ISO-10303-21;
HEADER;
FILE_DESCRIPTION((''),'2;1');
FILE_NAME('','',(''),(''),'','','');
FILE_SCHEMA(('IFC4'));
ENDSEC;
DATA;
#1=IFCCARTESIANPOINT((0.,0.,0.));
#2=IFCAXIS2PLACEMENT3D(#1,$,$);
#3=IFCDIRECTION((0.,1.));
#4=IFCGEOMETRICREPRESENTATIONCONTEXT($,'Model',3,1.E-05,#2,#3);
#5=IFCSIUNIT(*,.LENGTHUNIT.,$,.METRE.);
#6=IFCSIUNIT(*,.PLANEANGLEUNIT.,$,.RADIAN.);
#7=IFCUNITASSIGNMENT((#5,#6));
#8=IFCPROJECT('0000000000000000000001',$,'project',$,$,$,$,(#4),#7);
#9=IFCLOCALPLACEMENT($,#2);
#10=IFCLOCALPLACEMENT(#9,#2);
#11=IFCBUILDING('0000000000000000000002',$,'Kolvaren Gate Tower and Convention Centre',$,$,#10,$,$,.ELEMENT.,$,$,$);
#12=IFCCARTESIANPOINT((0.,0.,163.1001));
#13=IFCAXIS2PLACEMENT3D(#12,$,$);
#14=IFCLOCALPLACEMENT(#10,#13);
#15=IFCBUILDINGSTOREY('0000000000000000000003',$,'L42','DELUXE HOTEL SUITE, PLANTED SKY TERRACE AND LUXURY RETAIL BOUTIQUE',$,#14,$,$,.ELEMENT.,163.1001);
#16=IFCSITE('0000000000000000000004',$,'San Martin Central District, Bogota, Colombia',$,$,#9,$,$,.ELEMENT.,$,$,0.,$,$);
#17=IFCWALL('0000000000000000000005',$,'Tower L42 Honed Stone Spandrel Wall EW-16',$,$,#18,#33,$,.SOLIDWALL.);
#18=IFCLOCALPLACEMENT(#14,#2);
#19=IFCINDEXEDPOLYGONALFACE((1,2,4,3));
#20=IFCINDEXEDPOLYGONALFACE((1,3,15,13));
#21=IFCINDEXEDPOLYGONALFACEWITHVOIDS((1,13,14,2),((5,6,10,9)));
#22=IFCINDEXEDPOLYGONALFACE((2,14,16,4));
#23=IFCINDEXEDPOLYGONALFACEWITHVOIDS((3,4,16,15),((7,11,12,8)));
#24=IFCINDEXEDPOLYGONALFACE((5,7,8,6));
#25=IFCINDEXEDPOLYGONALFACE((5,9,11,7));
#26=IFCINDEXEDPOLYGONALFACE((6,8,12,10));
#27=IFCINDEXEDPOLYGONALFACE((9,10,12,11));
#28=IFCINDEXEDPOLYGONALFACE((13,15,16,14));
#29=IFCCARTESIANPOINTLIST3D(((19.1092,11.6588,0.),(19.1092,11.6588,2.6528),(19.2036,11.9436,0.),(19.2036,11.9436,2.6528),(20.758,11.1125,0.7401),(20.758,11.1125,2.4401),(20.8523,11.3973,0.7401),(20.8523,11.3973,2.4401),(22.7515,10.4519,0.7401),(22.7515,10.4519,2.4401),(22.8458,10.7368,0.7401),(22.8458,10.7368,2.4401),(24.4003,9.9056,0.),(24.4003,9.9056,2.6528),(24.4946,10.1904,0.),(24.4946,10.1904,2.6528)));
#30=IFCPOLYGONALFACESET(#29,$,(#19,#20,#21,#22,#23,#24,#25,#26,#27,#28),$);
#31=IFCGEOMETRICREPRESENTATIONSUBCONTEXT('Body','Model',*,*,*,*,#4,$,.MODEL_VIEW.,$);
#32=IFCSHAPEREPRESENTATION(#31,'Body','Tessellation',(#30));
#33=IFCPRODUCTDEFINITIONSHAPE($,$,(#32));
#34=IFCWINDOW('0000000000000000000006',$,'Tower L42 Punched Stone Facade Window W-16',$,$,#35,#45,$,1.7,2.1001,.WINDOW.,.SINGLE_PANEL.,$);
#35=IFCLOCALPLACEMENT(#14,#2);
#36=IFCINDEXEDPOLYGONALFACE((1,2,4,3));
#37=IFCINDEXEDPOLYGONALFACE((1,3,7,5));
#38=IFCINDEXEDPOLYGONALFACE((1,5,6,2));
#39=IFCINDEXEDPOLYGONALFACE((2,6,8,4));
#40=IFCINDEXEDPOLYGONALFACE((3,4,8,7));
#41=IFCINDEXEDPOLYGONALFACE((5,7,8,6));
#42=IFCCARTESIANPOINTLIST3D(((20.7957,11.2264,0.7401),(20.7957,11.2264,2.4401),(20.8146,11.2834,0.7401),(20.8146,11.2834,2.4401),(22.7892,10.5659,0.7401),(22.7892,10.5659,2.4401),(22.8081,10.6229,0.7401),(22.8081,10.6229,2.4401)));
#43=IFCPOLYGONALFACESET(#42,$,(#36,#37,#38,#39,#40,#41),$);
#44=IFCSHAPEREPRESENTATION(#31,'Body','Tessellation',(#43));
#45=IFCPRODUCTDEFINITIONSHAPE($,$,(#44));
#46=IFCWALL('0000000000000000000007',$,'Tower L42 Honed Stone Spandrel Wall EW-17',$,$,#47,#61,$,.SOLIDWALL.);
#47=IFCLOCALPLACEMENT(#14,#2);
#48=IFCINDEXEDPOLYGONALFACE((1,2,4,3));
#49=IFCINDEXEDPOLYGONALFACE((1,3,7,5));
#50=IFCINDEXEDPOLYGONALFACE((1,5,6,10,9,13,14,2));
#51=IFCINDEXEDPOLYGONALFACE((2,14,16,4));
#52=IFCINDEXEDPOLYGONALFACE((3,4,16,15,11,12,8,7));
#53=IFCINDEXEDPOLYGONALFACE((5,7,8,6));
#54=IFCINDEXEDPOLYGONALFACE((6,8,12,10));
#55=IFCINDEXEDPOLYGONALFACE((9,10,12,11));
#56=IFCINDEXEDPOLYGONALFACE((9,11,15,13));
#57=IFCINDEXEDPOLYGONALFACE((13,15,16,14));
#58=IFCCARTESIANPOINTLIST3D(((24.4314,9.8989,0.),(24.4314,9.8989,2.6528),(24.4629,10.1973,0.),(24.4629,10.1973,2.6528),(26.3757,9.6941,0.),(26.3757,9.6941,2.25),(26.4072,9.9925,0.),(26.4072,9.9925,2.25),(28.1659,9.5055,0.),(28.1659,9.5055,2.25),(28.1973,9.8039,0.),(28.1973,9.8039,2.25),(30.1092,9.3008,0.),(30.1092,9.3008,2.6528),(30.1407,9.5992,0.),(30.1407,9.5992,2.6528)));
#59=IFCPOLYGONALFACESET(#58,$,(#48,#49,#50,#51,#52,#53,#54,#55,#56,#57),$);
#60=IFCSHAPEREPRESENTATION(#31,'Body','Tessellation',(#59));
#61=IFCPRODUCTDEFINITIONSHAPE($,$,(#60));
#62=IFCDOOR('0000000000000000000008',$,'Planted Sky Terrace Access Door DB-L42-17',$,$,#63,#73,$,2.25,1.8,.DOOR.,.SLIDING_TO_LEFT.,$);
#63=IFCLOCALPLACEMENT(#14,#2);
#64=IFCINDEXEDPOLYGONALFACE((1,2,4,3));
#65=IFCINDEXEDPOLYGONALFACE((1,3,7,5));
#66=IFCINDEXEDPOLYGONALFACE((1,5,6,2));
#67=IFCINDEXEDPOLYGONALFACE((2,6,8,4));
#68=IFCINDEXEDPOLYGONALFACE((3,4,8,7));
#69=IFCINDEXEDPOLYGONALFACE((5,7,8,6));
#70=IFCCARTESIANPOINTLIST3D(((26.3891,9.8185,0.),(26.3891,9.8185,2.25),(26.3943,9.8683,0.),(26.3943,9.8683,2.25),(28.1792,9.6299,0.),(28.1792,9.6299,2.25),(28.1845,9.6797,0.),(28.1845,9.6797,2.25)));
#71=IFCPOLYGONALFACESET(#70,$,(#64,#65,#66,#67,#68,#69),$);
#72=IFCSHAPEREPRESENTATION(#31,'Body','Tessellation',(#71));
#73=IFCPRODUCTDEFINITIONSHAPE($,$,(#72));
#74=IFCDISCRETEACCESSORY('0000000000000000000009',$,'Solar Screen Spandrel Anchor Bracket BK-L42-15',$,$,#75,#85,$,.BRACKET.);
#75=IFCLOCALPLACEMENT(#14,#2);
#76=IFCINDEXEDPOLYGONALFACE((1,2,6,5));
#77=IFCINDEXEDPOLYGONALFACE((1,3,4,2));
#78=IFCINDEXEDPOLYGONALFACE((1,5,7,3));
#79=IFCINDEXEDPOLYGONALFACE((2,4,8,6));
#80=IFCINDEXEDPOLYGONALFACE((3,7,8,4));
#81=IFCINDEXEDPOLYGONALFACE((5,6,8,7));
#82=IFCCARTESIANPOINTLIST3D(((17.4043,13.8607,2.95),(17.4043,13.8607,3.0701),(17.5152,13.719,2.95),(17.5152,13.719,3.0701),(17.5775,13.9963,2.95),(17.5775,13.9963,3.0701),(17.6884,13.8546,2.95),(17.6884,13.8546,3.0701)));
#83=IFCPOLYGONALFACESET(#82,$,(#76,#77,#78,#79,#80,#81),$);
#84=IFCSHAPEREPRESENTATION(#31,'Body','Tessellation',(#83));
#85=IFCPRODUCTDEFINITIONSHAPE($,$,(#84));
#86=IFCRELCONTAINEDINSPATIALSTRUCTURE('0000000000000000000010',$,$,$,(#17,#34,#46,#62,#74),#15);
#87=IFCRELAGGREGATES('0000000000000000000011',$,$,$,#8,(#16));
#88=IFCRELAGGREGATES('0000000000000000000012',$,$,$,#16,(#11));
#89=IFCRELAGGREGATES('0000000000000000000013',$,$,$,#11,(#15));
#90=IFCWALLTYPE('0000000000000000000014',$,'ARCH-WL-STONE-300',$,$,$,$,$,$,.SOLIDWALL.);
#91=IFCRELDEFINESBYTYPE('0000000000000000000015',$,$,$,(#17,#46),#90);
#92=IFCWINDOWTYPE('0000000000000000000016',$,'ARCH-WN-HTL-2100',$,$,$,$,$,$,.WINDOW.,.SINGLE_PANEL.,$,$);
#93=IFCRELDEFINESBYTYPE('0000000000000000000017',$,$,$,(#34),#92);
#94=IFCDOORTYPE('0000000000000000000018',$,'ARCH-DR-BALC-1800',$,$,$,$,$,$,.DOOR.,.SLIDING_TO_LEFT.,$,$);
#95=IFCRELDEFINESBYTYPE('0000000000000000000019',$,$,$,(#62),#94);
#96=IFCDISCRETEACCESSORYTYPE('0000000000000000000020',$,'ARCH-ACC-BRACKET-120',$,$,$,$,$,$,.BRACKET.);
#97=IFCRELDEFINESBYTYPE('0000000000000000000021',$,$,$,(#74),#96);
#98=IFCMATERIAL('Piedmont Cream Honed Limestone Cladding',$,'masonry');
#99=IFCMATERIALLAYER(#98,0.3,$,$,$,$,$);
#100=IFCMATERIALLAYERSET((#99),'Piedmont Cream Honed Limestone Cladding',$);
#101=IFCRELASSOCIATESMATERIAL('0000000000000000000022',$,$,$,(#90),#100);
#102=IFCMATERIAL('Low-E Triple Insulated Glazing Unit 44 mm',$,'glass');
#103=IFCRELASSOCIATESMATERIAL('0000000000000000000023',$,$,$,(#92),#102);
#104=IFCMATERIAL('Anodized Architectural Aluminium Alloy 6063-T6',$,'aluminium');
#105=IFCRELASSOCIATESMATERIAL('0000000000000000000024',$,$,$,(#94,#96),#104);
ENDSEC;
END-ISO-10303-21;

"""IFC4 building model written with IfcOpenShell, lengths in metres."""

from ifc_helpers import new_model, si_unit, direction, frame, frame_2d, origin, origin_2d, place, context, subcontext, project, spatial, rectangle, extrude, material, layer, layer_set, type_object, element, fill, save


model = new_model("IFC4")

# Units and contexts
model_context = context("Model", 3, precision=1e-05, world=origin(), true_north=direction((0.0, 1.0)))
body_context = subcontext(model_context, "Body", "Model", "MODEL_VIEW")
ifc_project = project(units=[si_unit("LENGTHUNIT", "METRE"), si_unit("PLANEANGLEUNIT", "RADIAN")], contexts=[model_context])

# Site, building, storey
site_placement = place(None, origin())
site = spatial("IfcSite", under=ifc_project, at=site_placement, Name="San Martin Central District, Bogota, Colombia", CompositionType="ELEMENT", RefElevation=0.0)
building_placement = place(site_placement, origin())
building = spatial("IfcBuilding", under=site, at=building_placement, Name="Kolvaren Gate Tower and Convention Centre", CompositionType="ELEMENT")
storey_placement = place(building_placement, frame((0.0, 0.0, 163.1001)))
storey = spatial("IfcBuildingStorey", under=building, at=storey_placement, Name="L42", Description="DELUXE HOTEL SUITE, PLANTED SKY TERRACE AND LUXURY RETAIL BOUTIQUE", CompositionType="ELEMENT", Elevation=163.1001)

# Shared definitions
ifc_material_1 = material(Name="Anodized Architectural Aluminium Alloy 6063-T6", Category="aluminium")

# Shared definitions
ifc_material_2 = material(Name="Low-E Triple Insulated Glazing Unit 44 mm", Category="glass")

# Shared definitions
ifc_material_3 = material(Name="Piedmont Cream Honed Limestone Cladding", Category="masonry")

# Wall, opening, window
ifc_layer_1 = layer(ifc_material_3, 0.3)
ifc_layer_set_1 = layer_set([ifc_layer_1], Name="Piedmont Cream Honed Limestone Cladding")
wall_type_1 = type_object("IfcWallType", Name="ARCH-WL-STONE-300", PredefinedType="SOLIDWALL", material=ifc_layer_set_1)
wall_1_placement = place(storey_placement, frame((19.1562, 11.8013, 0.0), z_axis=(0.0, 0.0, 1.0), x_axis=(0.949247, -0.314532, 0.0)))
wall_1 = element("IfcWall", 1, at=wall_1_placement, inside=storey, type_object=wall_type_1, Name="Tower L42 Honed Stone Spandrel Wall EW-16", PredefinedType="SOLIDWALL", context=body_context, shape_type="SweptSolid", body=[
    extrude(rectangle(XDim=5.574, YDim=0.3, at=frame_2d((2.7871, 0.0))), origin(), (0.0, 0.0, 1.0), 2.6528),
])
opening_1_placement = place(wall_1_placement, frame((1.7371, 0.0, 0.74)))
opening_1 = element("IfcOpeningElement", 2, at=opening_1_placement, cuts=wall_1, PredefinedType="OPENING", context=body_context, shape_type="SweptSolid", body=[
    extrude(rectangle(XDim=2.1001, YDim=1.7, at=frame_2d((1.05, 0.8501))), frame((0.0, 0.1599, 0.0), z_axis=(0.0, -1.0, 0.0), x_axis=(1.0, 0.0, 0.0)), (0.0, 0.0, 1.0), 0.3201),
])
window_type = type_object("IfcWindowType", Name="ARCH-WN-HTL-2100", PartitioningType="SINGLE_PANEL", PredefinedType="WINDOW", material=ifc_material_2)
window_placement = place(opening_1_placement, origin())
window = element("IfcWindow", 3, at=window_placement, inside=storey, type_object=window_type, Name="Tower L42 Punched Stone Facade Window W-16", OverallHeight=1.7, OverallWidth=2.1001, PartitioningType="SINGLE_PANEL", PredefinedType="WINDOW", context=body_context, shape_type="SweptSolid", body=[
    extrude(rectangle(XDim=2.1001, YDim=1.7, at=frame_2d((1.05, 0.8501))), frame((0.0, 0.03, 0.0), z_axis=(0.0, -1.0, 0.0), x_axis=(1.0, 0.0, 0.0)), (0.0, 0.0, 1.0), 0.0601),
])
fill(opening_1, window)

# Wall, opening, door
wall_2_placement = place(storey_placement, frame((24.4473, 10.0481, 0.0), z_axis=(0.0, 0.0, 1.0), x_axis=(0.994497, -0.104769, 0.0)))
wall_2 = element("IfcWall", 4, at=wall_2_placement, inside=storey, type_object=wall_type_1, Name="Tower L42 Honed Stone Spandrel Wall EW-17", PredefinedType="SOLIDWALL", context=body_context, shape_type="SweptSolid", body=[
    extrude(rectangle(XDim=5.7092, YDim=0.3, at=frame_2d((2.8545, 0.0))), origin(), (0.0, 0.0, 1.0), 2.6528),
])
opening_2_placement = place(wall_2_placement, frame((1.9551, 0.0, 0.0)))
opening_2 = element("IfcOpeningElement", 5, at=opening_2_placement, cuts=wall_2, PredefinedType="OPENING", context=body_context, shape_type="SweptSolid", body=[
    extrude(rectangle(XDim=1.8, YDim=2.25, at=frame_2d((0.8999, 1.125))), frame((0.0, 0.1599, 0.0), z_axis=(0.0, -1.0, 0.0), x_axis=(1.0, 0.0, 0.0)), (0.0, 0.0, 1.0), 0.3201),
])
door_type = type_object("IfcDoorType", Name="ARCH-DR-BALC-1800", OperationType="SLIDING_TO_LEFT", PredefinedType="DOOR", material=ifc_material_1)
door_placement = place(opening_2_placement, frame((1.8, 0.0, 0.0), z_axis=(0.0, 0.0, 1.0), x_axis=(-1.0, 0.0, 0.0)))
door = element("IfcDoor", 6, at=door_placement, inside=storey, type_object=door_type, Name="Planted Sky Terrace Access Door DB-L42-17", OperationType="SLIDING_TO_LEFT", OverallHeight=2.25, OverallWidth=1.8, PredefinedType="DOOR", context=body_context, shape_type="SweptSolid", body=[
    extrude(rectangle(XDim=1.8, YDim=2.25, at=frame_2d((0.8999, 1.125))), frame((0.0, 0.0249, 0.0), z_axis=(0.0, -1.0, 0.0), x_axis=(1.0, 0.0, 0.0)), (0.0, 0.0, 1.0), 0.05),
])
fill(opening_2, door)

# Discrete accessory
discrete_accessory_type = type_object("IfcDiscreteAccessoryType", Name="ARCH-ACC-BRACKET-120", PredefinedType="BRACKET", material=ifc_material_1)
discrete_accessory_placement = place(storey_placement, frame((17.5464, 13.8577, 2.95), z_axis=(0.0, 0.0, 1.0), x_axis=(0.616434, -0.787406, 0.0)))
element("IfcDiscreteAccessory", 7, at=discrete_accessory_placement, inside=storey, type_object=discrete_accessory_type, Name="Solar Screen Spandrel Anchor Bracket BK-L42-15", PredefinedType="BRACKET", context=body_context, shape_type="SweptSolid", body=[
    extrude(rectangle(XDim=0.1799, YDim=0.22, at=origin_2d()), origin(), (0.0, 0.0, 1.0), 0.1201),
])

save(model, "model.ifc")
